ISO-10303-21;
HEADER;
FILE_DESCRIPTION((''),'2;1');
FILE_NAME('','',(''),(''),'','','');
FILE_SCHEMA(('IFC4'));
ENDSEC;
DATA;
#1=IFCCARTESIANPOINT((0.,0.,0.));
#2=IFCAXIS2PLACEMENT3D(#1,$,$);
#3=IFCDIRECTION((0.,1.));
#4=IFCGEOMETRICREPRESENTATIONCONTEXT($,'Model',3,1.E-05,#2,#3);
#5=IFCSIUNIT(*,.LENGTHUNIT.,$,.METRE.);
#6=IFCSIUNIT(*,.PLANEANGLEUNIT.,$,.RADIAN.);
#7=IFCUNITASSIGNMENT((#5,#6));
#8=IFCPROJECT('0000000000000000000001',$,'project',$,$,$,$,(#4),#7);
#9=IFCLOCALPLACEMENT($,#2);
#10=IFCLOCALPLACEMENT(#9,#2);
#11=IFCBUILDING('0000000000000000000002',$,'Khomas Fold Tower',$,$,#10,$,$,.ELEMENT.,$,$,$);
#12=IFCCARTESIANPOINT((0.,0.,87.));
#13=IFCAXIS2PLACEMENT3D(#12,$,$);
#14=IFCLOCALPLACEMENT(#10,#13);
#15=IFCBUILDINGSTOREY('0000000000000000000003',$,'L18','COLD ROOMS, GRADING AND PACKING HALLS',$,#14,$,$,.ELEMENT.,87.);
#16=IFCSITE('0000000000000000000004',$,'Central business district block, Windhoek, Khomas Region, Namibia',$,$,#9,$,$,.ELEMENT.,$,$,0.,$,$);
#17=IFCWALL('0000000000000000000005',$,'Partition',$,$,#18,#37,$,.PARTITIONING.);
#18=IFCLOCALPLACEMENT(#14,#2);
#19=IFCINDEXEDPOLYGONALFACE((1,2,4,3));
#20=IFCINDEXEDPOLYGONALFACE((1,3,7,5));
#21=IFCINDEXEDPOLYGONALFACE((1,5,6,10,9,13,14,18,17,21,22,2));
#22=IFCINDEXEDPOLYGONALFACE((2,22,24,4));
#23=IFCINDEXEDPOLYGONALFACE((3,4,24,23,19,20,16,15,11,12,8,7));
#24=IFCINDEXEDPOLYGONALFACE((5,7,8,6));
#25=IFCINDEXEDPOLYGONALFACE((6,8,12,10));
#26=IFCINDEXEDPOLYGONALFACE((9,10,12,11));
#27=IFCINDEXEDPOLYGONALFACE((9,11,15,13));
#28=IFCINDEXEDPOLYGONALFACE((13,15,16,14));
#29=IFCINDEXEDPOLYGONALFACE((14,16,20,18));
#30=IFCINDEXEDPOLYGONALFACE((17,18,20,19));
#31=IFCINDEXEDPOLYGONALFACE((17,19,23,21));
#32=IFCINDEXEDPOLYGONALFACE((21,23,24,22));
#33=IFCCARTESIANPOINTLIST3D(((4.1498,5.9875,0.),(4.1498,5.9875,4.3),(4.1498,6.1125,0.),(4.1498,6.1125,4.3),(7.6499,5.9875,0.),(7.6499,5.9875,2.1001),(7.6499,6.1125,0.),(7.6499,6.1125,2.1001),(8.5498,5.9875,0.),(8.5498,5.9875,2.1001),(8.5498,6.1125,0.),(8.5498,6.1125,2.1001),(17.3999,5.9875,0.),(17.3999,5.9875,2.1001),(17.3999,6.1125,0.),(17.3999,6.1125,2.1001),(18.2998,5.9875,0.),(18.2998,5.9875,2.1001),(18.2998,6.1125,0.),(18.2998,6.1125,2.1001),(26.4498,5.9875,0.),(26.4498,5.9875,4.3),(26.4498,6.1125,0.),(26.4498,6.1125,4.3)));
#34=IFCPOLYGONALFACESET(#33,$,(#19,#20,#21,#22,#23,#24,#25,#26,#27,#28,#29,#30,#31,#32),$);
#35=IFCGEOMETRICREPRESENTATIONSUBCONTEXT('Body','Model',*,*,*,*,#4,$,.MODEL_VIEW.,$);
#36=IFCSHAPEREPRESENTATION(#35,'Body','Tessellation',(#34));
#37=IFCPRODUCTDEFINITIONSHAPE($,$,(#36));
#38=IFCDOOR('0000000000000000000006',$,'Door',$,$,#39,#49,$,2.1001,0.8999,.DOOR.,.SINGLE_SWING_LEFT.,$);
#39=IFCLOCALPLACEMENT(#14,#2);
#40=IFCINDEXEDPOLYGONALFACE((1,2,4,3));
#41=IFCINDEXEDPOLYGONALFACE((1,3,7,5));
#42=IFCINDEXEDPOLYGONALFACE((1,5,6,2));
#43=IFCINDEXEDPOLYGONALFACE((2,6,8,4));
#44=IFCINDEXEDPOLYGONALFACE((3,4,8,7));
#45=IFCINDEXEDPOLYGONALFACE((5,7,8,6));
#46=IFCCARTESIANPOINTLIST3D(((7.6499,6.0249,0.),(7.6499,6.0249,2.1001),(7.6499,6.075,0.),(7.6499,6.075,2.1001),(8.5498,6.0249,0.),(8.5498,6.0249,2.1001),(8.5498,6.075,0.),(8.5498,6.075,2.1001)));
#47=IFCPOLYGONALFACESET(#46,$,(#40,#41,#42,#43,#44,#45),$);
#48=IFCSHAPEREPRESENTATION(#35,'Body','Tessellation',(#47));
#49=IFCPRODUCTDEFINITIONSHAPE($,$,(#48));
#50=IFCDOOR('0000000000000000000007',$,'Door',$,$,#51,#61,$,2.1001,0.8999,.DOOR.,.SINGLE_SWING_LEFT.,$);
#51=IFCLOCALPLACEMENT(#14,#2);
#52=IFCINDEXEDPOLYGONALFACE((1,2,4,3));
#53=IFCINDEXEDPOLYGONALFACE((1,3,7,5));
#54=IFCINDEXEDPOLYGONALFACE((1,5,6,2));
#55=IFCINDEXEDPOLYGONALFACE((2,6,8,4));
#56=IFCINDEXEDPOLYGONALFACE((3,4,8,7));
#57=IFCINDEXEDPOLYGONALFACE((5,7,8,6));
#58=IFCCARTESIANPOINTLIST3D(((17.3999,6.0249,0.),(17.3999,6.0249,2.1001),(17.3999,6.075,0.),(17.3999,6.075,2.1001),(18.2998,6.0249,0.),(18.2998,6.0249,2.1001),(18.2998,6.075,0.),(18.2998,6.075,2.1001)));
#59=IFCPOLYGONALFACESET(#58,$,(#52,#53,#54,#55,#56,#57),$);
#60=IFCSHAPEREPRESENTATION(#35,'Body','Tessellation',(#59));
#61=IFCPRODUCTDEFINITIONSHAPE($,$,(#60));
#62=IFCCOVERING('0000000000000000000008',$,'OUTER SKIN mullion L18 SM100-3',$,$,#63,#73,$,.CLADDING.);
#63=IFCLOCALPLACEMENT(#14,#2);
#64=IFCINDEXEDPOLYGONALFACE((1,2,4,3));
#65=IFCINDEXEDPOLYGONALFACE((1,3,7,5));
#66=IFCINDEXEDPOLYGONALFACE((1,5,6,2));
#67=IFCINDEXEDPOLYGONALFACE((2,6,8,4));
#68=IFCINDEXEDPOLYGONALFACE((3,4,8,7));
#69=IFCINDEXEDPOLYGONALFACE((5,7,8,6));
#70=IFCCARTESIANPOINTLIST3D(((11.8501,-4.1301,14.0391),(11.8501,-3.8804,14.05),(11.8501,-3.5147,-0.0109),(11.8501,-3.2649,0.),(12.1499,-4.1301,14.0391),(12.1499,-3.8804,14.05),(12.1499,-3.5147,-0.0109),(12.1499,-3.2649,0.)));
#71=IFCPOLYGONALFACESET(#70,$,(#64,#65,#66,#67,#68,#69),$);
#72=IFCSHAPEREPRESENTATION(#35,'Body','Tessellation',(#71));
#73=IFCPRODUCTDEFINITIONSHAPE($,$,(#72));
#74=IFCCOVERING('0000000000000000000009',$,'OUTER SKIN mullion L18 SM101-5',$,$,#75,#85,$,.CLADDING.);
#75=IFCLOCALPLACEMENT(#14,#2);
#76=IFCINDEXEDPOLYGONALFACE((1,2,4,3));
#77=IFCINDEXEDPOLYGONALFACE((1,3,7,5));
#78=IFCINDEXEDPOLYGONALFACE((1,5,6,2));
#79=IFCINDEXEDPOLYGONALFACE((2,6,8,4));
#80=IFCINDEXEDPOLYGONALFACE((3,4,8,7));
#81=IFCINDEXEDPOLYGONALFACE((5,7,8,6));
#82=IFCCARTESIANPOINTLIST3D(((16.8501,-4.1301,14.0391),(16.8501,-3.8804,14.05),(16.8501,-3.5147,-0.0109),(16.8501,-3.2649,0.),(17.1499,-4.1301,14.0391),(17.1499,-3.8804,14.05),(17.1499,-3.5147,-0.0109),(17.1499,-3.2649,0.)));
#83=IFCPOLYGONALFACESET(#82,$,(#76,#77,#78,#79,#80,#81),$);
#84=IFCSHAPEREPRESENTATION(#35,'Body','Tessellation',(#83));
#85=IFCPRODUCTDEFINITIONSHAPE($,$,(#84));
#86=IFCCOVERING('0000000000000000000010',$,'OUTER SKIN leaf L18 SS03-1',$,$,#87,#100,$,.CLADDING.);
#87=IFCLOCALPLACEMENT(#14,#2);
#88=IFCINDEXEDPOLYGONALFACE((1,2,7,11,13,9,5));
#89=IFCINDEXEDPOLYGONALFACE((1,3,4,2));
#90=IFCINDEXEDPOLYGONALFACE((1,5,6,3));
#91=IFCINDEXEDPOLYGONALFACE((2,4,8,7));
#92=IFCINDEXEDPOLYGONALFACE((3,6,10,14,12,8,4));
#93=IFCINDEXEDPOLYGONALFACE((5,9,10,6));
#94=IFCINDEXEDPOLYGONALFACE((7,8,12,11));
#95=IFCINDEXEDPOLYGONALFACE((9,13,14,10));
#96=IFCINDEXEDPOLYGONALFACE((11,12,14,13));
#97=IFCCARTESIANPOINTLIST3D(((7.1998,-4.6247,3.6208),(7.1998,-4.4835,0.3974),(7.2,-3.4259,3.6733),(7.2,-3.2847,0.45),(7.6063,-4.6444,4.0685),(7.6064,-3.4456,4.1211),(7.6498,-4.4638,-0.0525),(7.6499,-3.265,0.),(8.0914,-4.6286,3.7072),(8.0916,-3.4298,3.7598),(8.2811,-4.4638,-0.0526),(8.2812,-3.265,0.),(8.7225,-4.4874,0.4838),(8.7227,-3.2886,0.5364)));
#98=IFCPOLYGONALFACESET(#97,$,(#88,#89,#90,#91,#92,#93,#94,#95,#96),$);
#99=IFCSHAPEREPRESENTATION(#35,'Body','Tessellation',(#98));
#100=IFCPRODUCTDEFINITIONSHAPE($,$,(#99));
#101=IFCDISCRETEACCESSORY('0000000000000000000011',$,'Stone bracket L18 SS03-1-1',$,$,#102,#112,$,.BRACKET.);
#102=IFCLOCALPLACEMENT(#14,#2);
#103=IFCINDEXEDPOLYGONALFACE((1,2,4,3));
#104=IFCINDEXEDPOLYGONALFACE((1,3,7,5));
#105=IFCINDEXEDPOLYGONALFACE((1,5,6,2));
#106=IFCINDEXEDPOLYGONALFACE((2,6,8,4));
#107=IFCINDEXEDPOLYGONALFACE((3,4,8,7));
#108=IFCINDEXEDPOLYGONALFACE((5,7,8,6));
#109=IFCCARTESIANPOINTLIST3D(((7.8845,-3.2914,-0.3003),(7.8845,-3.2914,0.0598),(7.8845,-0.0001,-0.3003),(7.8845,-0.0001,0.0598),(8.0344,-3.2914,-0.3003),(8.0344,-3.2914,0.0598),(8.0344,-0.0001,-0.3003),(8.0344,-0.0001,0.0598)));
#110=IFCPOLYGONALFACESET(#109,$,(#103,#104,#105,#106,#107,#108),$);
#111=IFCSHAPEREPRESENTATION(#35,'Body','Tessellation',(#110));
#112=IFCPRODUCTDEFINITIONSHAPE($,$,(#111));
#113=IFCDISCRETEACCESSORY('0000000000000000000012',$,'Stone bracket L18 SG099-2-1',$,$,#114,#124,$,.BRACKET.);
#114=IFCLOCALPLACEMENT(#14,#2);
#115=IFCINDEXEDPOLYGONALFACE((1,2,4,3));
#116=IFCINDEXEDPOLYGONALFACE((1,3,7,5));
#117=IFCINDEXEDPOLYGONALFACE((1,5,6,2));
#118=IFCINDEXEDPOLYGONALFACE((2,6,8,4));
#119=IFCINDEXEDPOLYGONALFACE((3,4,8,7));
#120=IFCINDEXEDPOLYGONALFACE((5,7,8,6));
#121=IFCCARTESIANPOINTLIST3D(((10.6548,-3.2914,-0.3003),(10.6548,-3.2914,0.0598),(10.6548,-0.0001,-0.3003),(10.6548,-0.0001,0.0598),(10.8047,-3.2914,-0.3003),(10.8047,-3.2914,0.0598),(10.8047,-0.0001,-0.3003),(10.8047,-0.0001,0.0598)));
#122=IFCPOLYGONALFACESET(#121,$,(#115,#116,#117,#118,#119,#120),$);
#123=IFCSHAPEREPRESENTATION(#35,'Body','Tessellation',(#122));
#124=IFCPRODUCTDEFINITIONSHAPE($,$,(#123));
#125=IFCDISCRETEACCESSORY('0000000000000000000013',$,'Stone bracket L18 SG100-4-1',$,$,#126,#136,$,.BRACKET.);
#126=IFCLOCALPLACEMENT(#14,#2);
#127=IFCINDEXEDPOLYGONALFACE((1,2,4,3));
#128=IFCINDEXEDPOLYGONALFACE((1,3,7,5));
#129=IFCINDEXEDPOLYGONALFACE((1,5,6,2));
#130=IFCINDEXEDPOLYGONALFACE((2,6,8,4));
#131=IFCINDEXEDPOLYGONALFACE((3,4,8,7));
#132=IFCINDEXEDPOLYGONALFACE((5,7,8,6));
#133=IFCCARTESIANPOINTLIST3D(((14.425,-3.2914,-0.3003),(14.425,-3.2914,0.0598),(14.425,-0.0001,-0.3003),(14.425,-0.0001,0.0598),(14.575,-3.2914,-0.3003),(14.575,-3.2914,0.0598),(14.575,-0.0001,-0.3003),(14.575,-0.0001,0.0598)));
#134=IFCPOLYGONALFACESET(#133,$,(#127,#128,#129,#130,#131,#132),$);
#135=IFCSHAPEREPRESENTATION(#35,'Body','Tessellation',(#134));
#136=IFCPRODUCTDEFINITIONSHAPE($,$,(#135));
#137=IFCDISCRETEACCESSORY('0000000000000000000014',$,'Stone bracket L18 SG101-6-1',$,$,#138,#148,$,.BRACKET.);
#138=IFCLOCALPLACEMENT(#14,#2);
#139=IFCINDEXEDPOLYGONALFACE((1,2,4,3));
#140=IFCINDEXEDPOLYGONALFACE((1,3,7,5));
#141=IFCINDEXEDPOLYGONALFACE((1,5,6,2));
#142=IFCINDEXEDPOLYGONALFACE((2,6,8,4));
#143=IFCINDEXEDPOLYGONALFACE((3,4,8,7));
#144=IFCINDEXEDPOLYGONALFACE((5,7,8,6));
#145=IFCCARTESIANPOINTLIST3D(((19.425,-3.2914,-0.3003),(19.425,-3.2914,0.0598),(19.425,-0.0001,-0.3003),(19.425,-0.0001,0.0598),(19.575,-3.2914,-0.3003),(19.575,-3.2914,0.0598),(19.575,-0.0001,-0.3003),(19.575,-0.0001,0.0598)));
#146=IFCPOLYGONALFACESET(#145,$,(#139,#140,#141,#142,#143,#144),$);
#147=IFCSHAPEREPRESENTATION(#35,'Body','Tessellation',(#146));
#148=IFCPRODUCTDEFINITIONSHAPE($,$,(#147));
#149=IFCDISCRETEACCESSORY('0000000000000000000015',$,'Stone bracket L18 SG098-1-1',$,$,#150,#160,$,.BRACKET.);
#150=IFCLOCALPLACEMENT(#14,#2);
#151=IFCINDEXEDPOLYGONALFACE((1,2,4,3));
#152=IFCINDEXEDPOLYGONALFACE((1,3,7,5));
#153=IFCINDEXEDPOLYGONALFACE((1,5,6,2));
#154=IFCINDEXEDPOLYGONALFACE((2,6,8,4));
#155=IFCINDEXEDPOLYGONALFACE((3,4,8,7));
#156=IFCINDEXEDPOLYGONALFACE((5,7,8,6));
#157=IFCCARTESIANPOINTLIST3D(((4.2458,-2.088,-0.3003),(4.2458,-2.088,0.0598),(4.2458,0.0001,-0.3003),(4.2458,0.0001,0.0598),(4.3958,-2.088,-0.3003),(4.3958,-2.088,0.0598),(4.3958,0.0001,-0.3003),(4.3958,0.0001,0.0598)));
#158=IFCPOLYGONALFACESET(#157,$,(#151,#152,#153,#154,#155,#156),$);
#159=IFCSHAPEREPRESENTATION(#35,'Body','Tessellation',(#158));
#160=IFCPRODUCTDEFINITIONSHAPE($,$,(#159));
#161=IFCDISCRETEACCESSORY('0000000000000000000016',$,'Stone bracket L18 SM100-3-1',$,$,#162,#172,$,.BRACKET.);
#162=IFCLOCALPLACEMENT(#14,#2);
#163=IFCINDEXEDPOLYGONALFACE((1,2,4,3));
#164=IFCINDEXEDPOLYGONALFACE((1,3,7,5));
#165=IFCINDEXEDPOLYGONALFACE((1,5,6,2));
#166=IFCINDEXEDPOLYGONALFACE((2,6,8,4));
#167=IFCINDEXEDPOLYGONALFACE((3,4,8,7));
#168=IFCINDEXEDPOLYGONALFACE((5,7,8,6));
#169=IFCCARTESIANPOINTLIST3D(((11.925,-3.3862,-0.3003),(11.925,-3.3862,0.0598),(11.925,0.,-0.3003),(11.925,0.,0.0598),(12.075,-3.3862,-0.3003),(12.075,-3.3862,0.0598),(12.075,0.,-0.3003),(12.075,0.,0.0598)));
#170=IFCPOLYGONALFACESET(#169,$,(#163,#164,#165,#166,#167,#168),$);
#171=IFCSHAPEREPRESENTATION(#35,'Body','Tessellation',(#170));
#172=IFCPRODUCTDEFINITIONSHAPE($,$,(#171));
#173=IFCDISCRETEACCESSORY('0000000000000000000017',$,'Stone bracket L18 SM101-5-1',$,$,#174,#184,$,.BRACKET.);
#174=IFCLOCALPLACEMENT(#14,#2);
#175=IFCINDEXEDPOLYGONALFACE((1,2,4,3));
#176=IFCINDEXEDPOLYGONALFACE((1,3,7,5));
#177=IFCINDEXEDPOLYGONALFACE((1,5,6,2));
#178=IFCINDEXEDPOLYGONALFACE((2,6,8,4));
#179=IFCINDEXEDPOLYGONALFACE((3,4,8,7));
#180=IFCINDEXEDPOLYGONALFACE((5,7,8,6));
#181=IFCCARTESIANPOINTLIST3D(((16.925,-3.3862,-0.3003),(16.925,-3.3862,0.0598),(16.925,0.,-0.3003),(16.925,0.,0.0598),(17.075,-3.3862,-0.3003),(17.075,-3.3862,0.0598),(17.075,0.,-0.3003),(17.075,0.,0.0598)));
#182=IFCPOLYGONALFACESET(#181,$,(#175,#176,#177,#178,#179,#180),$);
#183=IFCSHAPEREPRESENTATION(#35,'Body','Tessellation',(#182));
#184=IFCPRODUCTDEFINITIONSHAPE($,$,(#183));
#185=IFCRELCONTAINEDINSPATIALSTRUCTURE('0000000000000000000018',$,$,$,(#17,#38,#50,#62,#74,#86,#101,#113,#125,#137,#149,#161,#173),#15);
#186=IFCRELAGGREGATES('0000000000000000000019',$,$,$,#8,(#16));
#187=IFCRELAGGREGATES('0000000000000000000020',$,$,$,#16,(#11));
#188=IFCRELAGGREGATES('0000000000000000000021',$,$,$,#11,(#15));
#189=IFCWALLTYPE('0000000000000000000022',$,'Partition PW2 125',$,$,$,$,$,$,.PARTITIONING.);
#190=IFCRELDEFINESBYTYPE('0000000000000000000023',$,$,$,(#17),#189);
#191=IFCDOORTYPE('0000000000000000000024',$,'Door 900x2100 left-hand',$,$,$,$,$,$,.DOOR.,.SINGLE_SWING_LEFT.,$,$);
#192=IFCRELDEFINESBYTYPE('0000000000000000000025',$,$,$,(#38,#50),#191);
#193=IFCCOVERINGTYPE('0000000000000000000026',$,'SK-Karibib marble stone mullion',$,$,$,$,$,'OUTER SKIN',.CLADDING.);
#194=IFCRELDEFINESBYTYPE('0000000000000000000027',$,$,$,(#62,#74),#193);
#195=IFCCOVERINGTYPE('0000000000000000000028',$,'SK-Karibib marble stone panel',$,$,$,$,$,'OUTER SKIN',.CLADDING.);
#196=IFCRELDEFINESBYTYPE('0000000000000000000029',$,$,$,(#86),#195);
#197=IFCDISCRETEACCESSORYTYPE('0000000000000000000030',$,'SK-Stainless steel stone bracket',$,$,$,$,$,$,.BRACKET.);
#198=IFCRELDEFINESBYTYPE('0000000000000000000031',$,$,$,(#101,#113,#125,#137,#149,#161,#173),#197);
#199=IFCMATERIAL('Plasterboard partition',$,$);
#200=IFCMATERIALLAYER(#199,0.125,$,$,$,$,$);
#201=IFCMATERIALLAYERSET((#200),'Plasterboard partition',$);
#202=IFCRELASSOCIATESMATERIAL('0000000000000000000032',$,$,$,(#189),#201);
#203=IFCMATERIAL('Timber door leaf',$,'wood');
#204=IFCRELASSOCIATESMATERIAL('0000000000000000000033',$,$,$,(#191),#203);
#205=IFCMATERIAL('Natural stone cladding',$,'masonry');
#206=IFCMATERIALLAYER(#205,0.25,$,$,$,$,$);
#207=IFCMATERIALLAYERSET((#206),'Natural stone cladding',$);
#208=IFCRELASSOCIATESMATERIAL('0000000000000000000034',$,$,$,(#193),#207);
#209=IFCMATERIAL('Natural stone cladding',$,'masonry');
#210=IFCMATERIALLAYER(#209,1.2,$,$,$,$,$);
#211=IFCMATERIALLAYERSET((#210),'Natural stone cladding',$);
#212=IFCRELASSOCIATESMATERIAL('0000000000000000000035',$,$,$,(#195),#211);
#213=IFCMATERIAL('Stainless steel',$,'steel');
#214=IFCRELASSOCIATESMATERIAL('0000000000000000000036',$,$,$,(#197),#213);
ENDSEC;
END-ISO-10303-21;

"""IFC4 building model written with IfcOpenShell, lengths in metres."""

from ifc_helpers import new_model, si_unit, direction, frame, frame_2d, origin, origin_2d, place, context, subcontext, project, spatial, polyline, rectangle, outline, extrude, source, transform, mapped, material, layer, layer_set, type_object, element, fill, save


model = new_model("IFC4")

# Units and contexts
model_context = context("Model", 3, precision=1e-05, world=origin(), true_north=direction((0.0, 1.0)))
body_context = subcontext(model_context, "Body", "Model", "MODEL_VIEW")
ifc_project = project(units=[si_unit("LENGTHUNIT", "METRE"), si_unit("PLANEANGLEUNIT", "RADIAN")], contexts=[model_context])

# Site, building, storey
site_placement = place(None, origin())
site = spatial("IfcSite", under=ifc_project, at=site_placement, Name="Central business district block, Windhoek, Khomas Region, Namibia", CompositionType="ELEMENT", RefElevation=0.0)
building_placement = place(site_placement, origin())
building = spatial("IfcBuilding", under=site, at=building_placement, Name="Khomas Fold Tower", CompositionType="ELEMENT")
storey_placement = place(building_placement, frame((0.0, 0.0, 87.0)))
storey = spatial("IfcBuildingStorey", under=building, at=storey_placement, Name="L18", Description="COLD ROOMS, GRADING AND PACKING HALLS", CompositionType="ELEMENT", Elevation=87.0)

# Wall, openings, doors
ifc_material_1 = material(Name="Plasterboard partition")
ifc_layer_1 = layer(ifc_material_1, 0.125)
ifc_layer_set_1 = layer_set([ifc_layer_1], Name="Plasterboard partition")
wall_type_1 = type_object("IfcWallType", Name="Partition PW2 125", PredefinedType="PARTITIONING", material=ifc_layer_set_1)
shared_shape_1 = source(origin(), body_context, "Body", "SweptSolid", [
    extrude(rectangle(XDim=22.3, YDim=0.125, at=frame_2d((11.1499, 0.0))), origin(), (0.0, 0.0, 1.0), 4.3),
])
wall_1_placement = place(storey_placement, frame((4.1499, 6.05, 0.0), z_axis=(0.0, 0.0, 1.0), x_axis=(1.0, 0.0, 0.0)))
wall_1 = element("IfcWall", 1, at=wall_1_placement, inside=storey, type_object=wall_type_1, Name="Partition", PredefinedType="PARTITIONING", context=body_context, shape_type="MappedRepresentation", body=[
    mapped(shared_shape_1, transform((0.0, 0.0, 0.0))),
])
shared_shape_2 = source(origin(), body_context, "Body", "SweptSolid", [
    extrude(rectangle(XDim=0.8999, YDim=2.1001, at=frame_2d((0.45, 1.05))), frame((0.0, 0.0725, 0.0), z_axis=(0.0, -1.0, 0.0), x_axis=(1.0, 0.0, 0.0)), (0.0, 0.0, 1.0), 0.145),
])
opening_1_placement = place(wall_1_placement, frame((3.5, 0.0, 0.0)))
opening_1 = element("IfcOpeningElement", 2, at=opening_1_placement, cuts=wall_1, PredefinedType="OPENING", context=body_context, shape_type="MappedRepresentation", body=[
    mapped(shared_shape_2, transform((0.0, 0.0, 0.0))),
])
opening_2_placement = place(wall_1_placement, frame((13.25, 0.0, 0.0)))
opening_2 = element("IfcOpeningElement", 3, at=opening_2_placement, cuts=wall_1, PredefinedType="OPENING", context=body_context, shape_type="MappedRepresentation", body=[
    mapped(shared_shape_2, transform((0.0, 0.0, 0.0))),
])
ifc_material_2 = material(Name="Timber door leaf", Category="wood")
door_type = type_object("IfcDoorType", Name="Door 900x2100 left-hand", OperationType="SINGLE_SWING_LEFT", PredefinedType="DOOR", material=ifc_material_2)
shared_shape_3 = source(origin(), body_context, "Body", "SweptSolid", [
    extrude(rectangle(XDim=0.8999, YDim=2.1001, at=frame_2d((0.45, 1.05))), frame((0.0, 0.0249, 0.0), z_axis=(0.0, -1.0, 0.0), x_axis=(1.0, 0.0, 0.0)), (0.0, 0.0, 1.0), 0.05),
])
door_1_placement = place(opening_1_placement, origin())
door_1 = element("IfcDoor", 4, at=door_1_placement, inside=storey, type_object=door_type, Name="Door", OperationType="SINGLE_SWING_LEFT", OverallHeight=2.1001, OverallWidth=0.8999, PredefinedType="DOOR", context=body_context, shape_type="MappedRepresentation", body=[
    mapped(shared_shape_3, transform((0.0, 0.0, 0.0))),
])
fill(opening_1, door_1)
door_2_placement = place(opening_2_placement, origin())
door_2 = element("IfcDoor", 5, at=door_2_placement, inside=storey, type_object=door_type, Name="Door", OperationType="SINGLE_SWING_LEFT", OverallHeight=2.1001, OverallWidth=0.8999, PredefinedType="DOOR", context=body_context, shape_type="MappedRepresentation", body=[
    mapped(shared_shape_3, transform((0.0, 0.0, 0.0))),
])
fill(opening_2, door_2)

# Coverings
ifc_material_3 = material(Name="Natural stone cladding", Category="masonry")
ifc_layer_2 = layer(ifc_material_3, 0.25)
ifc_layer_set_2 = layer_set([ifc_layer_2], Name="Natural stone cladding")
covering_type_1 = type_object("IfcCoveringType", Name="SK-Karibib marble stone mullion", ElementType="OUTER SKIN", PredefinedType="CLADDING", material=ifc_layer_set_2)
for number, where, z_axis, x_axis, name in (
    (6, (11.8501, -3.2649, 0.0), (0.0, 0.999042, 0.043764), (0.0, -0.043764, 0.999042), "OUTER SKIN mullion L18 SM100-3"),
    (7, (16.8501, -3.2649, 0.0), (0.0, 0.999042, 0.043764), (0.0, -0.043764, 0.999042), "OUTER SKIN mullion L18 SM101-5"),
):
    element("IfcCovering", number, at=place(storey_placement, frame(where, z_axis=z_axis, x_axis=x_axis)), inside=storey, type_object=covering_type_1, Name=name, PredefinedType="CLADDING", context=body_context, shape_type="SweptSolid", body=[
        extrude(outline(polyline([(0.0, 0.0), (14.0635, 0.0), (14.0635, 0.2998), (0.0, 0.2998), (0.0, 0.0)])), origin(), (0.0, 0.0, -1.0), 0.25),
    ])
ifc_material_4 = material(Name="Natural stone cladding", Category="masonry")
ifc_layer_3 = layer(ifc_material_4, 1.2)
ifc_layer_set_3 = layer_set([ifc_layer_3], Name="Natural stone cladding")
covering_type_2 = type_object("IfcCoveringType", Name="SK-Karibib marble stone panel", ElementType="OUTER SKIN", PredefinedType="CLADDING", material=ifc_layer_set_3)
covering_placement = place(storey_placement, frame((7.2, -3.2847, 0.45), z_axis=(0.000095, 0.999041, 0.043788), x_axis=(0.0, -0.043788, 0.999041)))
element("IfcCovering", 8, at=covering_placement, inside=storey, type_object=covering_type_2, Name="OUTER SKIN leaf L18 SS03-1", PredefinedType="CLADDING", context=body_context, shape_type="SweptSolid", body=[
    extrude(outline(polyline([(0.0, 0.0), (3.2265, 0.0), (3.6747, 0.4065), (3.313, 0.8916), (0.0865, 1.5227), (-0.4504, 1.0813), (-0.4504, 0.45), (0.0, 0.0)])), origin(), (0.0, 0.0, -1.0), 1.2),
])

# Discrete accessories
ifc_material_5 = material(Name="Stainless steel", Category="steel")
discrete_accessory_type = type_object("IfcDiscreteAccessoryType", Name="SK-Stainless steel stone bracket", PredefinedType="BRACKET", material=ifc_material_5)
shared_shape_4 = source(origin(), body_context, "Body", "SweptSolid", [
    extrude(rectangle(XDim=3.2913, YDim=0.1499, at=origin_2d()), origin(), (0.0, 0.0, 1.0), 0.3601),
])
for number, where, z_axis, x_axis, name in (
    (9, (7.9595, -1.6458, -0.3003), (0.0, 0.0, 1.0), (0.0, -1.0, 0.0), "Stone bracket L18 SS03-1-1"),
    (10, (10.7297, -1.6458, -0.3003), (0.0, 0.0, 1.0), (0.0, -1.0, 0.0), "Stone bracket L18 SG099-2-1"),
    (11, (14.5, -1.6458, -0.3003), (0.0, 0.0, 1.0), (0.0, -1.0, 0.0), "Stone bracket L18 SG100-4-1"),
    (12, (19.5, -1.6458, -0.3003), (0.0, 0.0, 1.0), (0.0, -1.0, 0.0), "Stone bracket L18 SG101-6-1"),
):
    element("IfcDiscreteAccessory", number, at=place(storey_placement, frame(where, z_axis=z_axis, x_axis=x_axis)), inside=storey, type_object=discrete_accessory_type, Name=name, PredefinedType="BRACKET", context=body_context, shape_type="MappedRepresentation", body=[
        mapped(shared_shape_4, transform((0.0, 0.0, 0.0))),
    ])
shared_shape_5 = source(origin(), body_context, "Body", "SweptSolid", [
    extrude(rectangle(XDim=2.0881, YDim=0.1499, at=origin_2d()), origin(), (0.0, 0.0, 1.0), 0.3601),
])
discrete_accessory_placement = place(storey_placement, frame((4.3208, -1.0439, -0.3003), z_axis=(0.0, 0.0, 1.0), x_axis=(0.0, -1.0, 0.0)))
element("IfcDiscreteAccessory", 13, at=discrete_accessory_placement, inside=storey, type_object=discrete_accessory_type, Name="Stone bracket L18 SG098-1-1", PredefinedType="BRACKET", context=body_context, shape_type="MappedRepresentation", body=[
    mapped(shared_shape_5, transform((0.0, 0.0, 0.0))),
])
shared_shape_6 = source(origin(), body_context, "Body", "SweptSolid", [
    extrude(rectangle(XDim=3.3862, YDim=0.1499, at=origin_2d()), origin(), (0.0, 0.0, 1.0), 0.3601),
])
for number, where, z_axis, x_axis, name in (
    (14, (12.0, -1.6931, -0.3003), (0.0, 0.0, 1.0), (0.0, -1.0, 0.0), "Stone bracket L18 SM100-3-1"),
    (15, (17.0, -1.6931, -0.3003), (0.0, 0.0, 1.0), (0.0, -1.0, 0.0), "Stone bracket L18 SM101-5-1"),
):
    element("IfcDiscreteAccessory", number, at=place(storey_placement, frame(where, z_axis=z_axis, x_axis=x_axis)), inside=storey, type_object=discrete_accessory_type, Name=name, PredefinedType="BRACKET", context=body_context, shape_type="MappedRepresentation", body=[
        mapped(shared_shape_6, transform((0.0, 0.0, 0.0))),
    ])

save(model, "model.ifc")
